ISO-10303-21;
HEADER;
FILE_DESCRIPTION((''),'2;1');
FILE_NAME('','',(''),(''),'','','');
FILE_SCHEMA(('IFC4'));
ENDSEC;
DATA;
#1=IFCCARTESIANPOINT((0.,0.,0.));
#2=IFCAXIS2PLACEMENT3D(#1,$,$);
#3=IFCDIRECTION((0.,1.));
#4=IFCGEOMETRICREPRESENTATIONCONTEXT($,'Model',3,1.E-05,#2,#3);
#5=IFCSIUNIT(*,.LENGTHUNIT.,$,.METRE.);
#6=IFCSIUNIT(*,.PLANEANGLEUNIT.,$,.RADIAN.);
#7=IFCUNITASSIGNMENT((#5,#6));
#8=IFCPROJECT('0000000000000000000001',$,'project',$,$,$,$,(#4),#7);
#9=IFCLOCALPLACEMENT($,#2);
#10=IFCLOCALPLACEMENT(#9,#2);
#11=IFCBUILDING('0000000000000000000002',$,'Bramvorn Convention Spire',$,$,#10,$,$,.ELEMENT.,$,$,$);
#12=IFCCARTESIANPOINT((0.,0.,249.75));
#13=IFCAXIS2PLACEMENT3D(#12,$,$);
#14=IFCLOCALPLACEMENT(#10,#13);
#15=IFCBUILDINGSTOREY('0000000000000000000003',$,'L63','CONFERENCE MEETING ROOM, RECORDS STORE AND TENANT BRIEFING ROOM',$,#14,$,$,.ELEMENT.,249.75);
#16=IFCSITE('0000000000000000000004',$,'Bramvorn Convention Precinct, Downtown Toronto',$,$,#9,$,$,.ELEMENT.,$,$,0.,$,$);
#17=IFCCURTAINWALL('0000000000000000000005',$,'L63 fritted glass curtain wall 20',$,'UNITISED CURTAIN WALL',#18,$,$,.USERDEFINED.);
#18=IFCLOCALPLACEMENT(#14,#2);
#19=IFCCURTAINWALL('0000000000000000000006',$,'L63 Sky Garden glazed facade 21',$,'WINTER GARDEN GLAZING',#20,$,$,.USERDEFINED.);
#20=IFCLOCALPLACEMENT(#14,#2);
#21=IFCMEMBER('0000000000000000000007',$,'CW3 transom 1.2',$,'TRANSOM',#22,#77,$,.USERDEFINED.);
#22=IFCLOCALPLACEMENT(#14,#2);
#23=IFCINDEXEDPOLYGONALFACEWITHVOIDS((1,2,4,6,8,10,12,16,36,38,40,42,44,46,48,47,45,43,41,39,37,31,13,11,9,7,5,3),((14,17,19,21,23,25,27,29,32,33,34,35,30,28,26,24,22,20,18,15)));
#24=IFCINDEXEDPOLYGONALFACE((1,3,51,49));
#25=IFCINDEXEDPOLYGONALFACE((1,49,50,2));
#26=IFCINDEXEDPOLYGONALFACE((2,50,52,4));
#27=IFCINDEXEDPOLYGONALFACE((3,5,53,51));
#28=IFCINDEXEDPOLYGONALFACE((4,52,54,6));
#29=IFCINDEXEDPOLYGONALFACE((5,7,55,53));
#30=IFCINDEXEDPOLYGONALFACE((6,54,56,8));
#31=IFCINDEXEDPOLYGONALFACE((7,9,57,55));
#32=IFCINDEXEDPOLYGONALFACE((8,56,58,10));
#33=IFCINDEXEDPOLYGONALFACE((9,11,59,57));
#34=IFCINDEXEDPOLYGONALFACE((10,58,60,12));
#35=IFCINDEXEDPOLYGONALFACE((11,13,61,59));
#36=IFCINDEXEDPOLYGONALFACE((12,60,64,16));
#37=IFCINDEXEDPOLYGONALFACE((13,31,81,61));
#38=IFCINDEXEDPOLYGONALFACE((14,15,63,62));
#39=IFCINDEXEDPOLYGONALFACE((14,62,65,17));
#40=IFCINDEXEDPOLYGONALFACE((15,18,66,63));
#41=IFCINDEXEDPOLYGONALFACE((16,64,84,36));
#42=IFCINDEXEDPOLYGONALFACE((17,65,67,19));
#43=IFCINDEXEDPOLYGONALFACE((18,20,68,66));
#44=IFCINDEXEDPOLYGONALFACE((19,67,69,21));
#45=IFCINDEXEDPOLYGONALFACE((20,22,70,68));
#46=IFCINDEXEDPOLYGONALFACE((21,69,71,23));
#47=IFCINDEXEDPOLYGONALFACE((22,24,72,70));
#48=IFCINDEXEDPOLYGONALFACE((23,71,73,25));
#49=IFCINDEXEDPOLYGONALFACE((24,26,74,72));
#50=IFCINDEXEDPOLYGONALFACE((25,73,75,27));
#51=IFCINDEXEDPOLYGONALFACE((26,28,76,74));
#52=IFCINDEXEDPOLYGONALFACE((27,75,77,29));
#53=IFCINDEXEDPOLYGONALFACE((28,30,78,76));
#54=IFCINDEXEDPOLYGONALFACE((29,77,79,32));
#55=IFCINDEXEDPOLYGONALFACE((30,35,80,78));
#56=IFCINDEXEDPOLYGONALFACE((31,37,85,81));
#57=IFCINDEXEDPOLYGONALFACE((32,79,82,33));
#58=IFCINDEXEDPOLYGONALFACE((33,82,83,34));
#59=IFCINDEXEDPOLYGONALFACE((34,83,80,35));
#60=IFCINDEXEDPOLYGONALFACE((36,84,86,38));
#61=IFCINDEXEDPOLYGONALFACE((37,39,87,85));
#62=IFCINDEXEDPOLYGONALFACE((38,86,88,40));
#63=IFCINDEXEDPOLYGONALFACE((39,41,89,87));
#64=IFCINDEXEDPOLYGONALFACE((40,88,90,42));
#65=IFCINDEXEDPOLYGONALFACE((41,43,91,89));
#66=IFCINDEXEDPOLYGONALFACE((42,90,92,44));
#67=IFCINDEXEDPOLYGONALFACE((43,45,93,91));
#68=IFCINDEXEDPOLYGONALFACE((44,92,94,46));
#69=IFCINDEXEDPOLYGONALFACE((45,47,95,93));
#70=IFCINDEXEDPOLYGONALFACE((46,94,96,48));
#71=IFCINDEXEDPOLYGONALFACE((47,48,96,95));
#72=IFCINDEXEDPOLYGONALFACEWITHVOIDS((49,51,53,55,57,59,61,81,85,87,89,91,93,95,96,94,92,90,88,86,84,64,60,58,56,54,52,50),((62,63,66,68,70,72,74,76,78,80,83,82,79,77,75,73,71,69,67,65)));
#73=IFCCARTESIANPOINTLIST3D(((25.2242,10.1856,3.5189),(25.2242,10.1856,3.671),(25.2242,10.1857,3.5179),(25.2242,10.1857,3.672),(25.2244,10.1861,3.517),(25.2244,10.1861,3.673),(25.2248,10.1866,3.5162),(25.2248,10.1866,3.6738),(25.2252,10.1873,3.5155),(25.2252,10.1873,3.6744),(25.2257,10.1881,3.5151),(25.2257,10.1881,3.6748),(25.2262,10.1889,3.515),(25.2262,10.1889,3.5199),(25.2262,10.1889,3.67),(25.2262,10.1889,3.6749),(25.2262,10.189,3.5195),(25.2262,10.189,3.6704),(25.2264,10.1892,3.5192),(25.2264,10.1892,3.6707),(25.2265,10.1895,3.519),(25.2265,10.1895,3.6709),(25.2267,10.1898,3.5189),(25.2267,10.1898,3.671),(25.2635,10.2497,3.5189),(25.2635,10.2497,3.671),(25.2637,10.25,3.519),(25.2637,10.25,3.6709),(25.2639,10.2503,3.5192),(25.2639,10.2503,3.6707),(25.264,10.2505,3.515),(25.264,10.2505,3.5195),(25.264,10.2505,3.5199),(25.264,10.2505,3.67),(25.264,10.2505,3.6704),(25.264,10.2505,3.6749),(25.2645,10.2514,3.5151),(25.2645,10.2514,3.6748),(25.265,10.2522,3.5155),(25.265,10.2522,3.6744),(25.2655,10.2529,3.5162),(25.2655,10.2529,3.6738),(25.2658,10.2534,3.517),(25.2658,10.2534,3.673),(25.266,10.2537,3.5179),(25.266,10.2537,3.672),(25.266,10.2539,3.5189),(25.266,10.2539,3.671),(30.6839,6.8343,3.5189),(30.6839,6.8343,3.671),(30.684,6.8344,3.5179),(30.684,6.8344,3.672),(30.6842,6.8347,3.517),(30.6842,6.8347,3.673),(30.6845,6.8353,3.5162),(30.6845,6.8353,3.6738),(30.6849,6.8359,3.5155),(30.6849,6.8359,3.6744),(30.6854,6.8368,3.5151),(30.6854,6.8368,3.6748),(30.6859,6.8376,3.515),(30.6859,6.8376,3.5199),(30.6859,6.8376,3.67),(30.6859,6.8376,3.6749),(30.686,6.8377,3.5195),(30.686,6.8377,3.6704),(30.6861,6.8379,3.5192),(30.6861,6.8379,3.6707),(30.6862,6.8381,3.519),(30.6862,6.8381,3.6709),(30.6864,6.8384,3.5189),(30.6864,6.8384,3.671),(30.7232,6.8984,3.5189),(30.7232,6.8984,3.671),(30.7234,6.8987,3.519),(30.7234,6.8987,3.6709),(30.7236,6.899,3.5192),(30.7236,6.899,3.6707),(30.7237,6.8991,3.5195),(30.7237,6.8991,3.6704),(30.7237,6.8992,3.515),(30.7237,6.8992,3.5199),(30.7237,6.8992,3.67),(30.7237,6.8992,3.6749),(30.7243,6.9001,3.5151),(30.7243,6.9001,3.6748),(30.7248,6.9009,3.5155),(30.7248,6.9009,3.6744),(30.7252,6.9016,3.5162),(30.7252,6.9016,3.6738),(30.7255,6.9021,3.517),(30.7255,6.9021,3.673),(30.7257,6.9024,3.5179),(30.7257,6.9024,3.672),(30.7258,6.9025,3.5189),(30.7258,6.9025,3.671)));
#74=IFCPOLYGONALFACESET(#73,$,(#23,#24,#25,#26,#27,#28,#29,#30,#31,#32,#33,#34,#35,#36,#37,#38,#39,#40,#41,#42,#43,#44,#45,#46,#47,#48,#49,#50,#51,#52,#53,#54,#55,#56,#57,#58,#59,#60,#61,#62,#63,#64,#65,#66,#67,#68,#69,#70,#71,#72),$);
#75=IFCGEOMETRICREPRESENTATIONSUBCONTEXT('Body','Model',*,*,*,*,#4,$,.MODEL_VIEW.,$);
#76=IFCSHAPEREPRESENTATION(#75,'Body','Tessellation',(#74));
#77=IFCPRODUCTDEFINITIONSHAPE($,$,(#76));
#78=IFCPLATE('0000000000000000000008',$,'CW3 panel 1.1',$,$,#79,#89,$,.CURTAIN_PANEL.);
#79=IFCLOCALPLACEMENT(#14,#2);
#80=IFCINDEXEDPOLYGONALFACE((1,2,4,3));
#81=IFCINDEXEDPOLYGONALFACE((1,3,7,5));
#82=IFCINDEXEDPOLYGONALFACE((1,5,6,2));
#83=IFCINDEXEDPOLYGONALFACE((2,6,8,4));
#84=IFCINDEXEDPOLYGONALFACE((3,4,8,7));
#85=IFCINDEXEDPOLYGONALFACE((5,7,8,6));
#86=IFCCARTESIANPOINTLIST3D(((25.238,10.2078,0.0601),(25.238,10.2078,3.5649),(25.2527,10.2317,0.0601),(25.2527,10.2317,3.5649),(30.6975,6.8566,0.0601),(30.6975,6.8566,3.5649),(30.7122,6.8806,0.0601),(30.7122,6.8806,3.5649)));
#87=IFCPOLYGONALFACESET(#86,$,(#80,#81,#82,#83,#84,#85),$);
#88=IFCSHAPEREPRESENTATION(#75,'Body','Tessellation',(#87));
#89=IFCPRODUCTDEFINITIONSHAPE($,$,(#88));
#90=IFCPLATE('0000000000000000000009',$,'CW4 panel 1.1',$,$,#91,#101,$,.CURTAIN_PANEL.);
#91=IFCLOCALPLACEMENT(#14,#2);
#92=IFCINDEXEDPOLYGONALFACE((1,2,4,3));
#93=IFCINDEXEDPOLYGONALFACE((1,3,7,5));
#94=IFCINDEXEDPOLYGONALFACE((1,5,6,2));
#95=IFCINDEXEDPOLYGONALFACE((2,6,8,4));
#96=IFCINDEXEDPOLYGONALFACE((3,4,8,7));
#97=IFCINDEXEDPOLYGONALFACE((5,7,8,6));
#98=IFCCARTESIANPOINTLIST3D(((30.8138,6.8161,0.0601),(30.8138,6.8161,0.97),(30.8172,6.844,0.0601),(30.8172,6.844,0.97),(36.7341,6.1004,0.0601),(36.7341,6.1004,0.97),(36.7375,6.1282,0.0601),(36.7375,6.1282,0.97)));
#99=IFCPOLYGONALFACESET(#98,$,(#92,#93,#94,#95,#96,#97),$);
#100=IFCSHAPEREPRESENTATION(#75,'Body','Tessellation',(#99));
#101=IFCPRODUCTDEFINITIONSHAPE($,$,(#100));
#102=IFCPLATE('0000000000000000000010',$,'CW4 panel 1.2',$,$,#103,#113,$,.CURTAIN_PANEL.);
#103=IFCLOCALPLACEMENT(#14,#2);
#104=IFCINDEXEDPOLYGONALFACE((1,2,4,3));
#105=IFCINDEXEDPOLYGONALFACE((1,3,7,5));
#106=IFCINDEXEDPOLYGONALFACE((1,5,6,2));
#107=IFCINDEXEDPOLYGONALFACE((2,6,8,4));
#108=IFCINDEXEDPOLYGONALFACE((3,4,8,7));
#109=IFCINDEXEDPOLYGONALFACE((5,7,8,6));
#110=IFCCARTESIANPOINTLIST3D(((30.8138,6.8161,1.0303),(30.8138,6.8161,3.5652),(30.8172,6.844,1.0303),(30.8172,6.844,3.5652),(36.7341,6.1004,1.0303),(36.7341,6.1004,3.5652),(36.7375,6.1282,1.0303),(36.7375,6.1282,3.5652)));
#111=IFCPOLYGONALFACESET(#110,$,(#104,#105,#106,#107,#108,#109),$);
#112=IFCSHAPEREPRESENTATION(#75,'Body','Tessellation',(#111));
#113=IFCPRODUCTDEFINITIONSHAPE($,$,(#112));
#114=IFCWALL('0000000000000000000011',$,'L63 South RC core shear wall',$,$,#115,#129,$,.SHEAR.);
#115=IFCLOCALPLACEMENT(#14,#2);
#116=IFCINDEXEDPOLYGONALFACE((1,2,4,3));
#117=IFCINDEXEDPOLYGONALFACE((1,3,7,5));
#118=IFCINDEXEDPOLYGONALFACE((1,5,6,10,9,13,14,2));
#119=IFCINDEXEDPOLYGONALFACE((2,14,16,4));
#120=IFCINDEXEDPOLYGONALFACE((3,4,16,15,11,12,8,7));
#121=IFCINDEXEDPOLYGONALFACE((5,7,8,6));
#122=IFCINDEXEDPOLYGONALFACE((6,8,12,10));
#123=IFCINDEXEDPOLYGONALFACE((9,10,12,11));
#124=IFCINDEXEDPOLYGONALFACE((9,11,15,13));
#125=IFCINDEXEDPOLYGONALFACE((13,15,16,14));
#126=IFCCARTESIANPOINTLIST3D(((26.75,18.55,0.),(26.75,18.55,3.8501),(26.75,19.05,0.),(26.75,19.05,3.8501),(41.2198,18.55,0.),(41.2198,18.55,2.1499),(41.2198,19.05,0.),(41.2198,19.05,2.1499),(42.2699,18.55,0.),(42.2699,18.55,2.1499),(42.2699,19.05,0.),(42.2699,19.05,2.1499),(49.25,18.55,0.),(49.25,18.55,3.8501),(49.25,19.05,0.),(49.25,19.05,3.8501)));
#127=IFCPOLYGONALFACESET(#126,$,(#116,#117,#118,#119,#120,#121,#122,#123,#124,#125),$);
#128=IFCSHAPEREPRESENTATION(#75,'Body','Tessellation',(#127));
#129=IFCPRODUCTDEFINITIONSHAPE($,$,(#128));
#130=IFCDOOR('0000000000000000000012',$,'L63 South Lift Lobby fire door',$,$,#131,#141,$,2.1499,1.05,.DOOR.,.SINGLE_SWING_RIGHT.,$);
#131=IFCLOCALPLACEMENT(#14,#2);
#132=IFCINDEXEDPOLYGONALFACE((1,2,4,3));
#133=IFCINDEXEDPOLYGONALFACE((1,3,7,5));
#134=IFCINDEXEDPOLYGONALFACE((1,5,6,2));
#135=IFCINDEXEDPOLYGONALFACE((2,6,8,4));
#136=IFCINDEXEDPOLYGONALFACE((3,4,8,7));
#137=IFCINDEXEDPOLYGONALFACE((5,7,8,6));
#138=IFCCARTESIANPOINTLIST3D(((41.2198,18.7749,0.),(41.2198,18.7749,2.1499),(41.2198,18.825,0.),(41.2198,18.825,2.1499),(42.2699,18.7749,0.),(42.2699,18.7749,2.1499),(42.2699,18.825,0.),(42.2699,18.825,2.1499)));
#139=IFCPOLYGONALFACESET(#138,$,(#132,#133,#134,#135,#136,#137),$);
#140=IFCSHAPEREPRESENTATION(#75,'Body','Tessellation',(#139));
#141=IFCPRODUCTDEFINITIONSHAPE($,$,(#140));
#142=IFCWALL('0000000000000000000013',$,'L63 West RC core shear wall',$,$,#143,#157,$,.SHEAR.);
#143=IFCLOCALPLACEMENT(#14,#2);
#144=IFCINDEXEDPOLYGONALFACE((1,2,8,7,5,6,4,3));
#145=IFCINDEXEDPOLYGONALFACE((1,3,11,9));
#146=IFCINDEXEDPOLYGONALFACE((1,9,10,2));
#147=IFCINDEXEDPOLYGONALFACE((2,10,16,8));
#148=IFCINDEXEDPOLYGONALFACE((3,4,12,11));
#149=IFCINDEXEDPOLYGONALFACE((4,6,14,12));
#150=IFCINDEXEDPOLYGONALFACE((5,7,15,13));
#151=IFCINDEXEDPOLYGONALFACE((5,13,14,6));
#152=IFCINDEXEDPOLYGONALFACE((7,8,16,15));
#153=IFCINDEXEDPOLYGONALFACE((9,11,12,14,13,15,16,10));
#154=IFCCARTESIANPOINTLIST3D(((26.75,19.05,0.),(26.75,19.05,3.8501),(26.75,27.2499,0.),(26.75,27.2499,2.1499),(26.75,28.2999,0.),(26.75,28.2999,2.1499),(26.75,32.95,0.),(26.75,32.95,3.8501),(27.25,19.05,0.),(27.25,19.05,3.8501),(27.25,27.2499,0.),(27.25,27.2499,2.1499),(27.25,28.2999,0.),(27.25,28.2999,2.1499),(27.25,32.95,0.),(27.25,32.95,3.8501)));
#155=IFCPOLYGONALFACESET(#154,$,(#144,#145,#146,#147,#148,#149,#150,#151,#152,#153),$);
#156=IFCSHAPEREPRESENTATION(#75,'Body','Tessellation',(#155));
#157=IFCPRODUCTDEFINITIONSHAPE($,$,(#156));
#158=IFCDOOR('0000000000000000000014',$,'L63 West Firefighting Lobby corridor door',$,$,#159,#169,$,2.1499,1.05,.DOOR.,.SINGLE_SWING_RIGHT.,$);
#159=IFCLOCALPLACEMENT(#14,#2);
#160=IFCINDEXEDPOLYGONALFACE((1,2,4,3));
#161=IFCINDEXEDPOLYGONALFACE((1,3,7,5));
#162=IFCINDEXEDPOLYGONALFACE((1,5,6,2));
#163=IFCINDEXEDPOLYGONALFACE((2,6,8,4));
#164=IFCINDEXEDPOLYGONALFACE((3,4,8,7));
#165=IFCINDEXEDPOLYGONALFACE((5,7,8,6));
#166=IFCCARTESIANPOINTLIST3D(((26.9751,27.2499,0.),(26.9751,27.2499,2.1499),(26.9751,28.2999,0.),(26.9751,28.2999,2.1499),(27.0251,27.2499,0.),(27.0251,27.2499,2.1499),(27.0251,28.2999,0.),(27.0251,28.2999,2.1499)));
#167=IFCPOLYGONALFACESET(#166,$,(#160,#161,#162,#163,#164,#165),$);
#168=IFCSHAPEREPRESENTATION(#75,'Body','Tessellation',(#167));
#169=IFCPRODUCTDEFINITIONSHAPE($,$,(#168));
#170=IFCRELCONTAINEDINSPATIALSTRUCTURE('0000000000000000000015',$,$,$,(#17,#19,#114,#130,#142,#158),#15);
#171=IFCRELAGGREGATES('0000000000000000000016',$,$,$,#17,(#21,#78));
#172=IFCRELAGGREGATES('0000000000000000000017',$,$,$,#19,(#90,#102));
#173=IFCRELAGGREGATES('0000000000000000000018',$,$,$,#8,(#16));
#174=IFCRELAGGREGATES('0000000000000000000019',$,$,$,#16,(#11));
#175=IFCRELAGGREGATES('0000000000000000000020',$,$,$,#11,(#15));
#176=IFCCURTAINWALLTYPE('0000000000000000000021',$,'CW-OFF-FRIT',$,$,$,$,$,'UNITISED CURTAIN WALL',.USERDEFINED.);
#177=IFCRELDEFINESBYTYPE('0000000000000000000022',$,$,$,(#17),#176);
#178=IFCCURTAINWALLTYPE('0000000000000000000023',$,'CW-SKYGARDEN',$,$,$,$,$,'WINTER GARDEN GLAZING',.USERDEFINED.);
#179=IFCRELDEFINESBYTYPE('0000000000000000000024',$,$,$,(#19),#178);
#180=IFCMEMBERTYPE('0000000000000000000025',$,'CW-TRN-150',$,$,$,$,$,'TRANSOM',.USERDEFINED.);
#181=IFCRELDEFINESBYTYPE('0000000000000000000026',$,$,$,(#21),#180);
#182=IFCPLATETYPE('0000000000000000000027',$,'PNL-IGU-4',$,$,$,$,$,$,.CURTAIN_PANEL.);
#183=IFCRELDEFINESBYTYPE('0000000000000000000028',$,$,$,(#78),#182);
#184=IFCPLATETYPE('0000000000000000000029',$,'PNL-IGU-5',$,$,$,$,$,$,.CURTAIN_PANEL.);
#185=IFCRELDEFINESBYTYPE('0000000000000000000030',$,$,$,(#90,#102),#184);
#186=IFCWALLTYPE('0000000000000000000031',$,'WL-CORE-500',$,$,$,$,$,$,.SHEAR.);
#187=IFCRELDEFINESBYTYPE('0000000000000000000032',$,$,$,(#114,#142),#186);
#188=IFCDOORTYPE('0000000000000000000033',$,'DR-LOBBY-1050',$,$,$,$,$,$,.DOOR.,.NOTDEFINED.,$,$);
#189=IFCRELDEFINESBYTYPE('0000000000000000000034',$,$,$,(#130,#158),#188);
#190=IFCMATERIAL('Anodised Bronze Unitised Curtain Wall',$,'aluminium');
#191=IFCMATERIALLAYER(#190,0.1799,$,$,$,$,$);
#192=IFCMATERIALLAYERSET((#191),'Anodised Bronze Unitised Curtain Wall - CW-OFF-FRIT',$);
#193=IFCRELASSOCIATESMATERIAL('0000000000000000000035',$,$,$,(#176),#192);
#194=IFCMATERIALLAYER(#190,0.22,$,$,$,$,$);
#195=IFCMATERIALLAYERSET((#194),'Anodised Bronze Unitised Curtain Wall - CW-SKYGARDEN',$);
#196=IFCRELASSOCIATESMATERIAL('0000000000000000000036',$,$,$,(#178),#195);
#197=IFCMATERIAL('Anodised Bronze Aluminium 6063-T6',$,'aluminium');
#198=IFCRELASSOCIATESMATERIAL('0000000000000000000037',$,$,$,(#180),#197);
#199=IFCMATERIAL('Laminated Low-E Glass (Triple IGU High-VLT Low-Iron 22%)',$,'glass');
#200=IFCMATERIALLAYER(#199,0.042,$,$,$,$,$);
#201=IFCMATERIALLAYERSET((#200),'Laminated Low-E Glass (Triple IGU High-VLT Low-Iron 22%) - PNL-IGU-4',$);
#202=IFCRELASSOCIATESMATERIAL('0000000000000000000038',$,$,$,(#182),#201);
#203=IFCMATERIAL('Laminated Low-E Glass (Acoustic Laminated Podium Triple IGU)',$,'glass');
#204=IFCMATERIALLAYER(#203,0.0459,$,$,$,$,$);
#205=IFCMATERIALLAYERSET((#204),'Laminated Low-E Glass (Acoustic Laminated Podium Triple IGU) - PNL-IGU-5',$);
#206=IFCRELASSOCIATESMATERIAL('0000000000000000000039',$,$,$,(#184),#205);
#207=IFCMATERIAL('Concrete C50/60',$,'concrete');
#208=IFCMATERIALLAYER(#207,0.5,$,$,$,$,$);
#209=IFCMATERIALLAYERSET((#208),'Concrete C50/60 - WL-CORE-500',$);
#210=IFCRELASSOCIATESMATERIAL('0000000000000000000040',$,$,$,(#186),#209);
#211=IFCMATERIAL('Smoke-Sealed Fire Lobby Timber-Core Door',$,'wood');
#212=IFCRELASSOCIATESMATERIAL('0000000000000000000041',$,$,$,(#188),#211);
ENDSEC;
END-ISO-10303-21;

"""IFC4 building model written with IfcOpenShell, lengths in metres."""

from ifc_helpers import new_model, si_unit, direction, frame, frame_2d, origin, origin_2d, place, context, subcontext, project, spatial, rectangle, hollow_rectangle, extrude, material, layer, layer_set, material_profile, profile_set, type_object, element, fill, aggregate, save


model = new_model("IFC4")

# Units and contexts
model_context = context("Model", 3, precision=1e-05, world=origin(), true_north=direction((0.0, 1.0)))
body_context = subcontext(model_context, "Body", "Model", "MODEL_VIEW")
ifc_project = project(units=[si_unit("LENGTHUNIT", "METRE"), si_unit("PLANEANGLEUNIT", "RADIAN")], contexts=[model_context])

# Site, building, storey
site_placement = place(None, origin())
site = spatial("IfcSite", under=ifc_project, at=site_placement, Name="Bramvorn Convention Precinct, Downtown Toronto", CompositionType="ELEMENT", RefElevation=0.0)
building_placement = place(site_placement, origin())
building = spatial("IfcBuilding", under=site, at=building_placement, Name="Bramvorn Convention Spire", CompositionType="ELEMENT")
storey_placement = place(building_placement, frame((0.0, 0.0, 249.75)))
storey = spatial("IfcBuildingStorey", under=building, at=storey_placement, Name="L63", Description="CONFERENCE MEETING ROOM, RECORDS STORE AND TENANT BRIEFING ROOM", CompositionType="ELEMENT", Elevation=249.75)

# Curtain walls
ifc_material_1 = material(Name="Anodised Bronze Unitised Curtain Wall", Category="aluminium")
ifc_layer_1 = layer(ifc_material_1, 0.1799)
ifc_layer_set_1 = layer_set([ifc_layer_1], Name="Anodised Bronze Unitised Curtain Wall - CW-OFF-FRIT")
curtain_wall_type_1 = type_object("IfcCurtainWallType", Name="CW-OFF-FRIT", ElementType="UNITISED CURTAIN WALL", PredefinedType="USERDEFINED", material=ifc_layer_set_1)
curtain_wall_1_placement = place(storey_placement, origin())
curtain_wall_1 = element("IfcCurtainWall", 1, at=curtain_wall_1_placement, inside=storey, type_object=curtain_wall_type_1, Name="L63 fritted glass curtain wall 20", ObjectType="UNITISED CURTAIN WALL", PredefinedType="USERDEFINED")
ifc_material_2 = material(Name="Anodised Bronze Aluminium 6063-T6", Category="aluminium")
ifc_layer_2 = layer(ifc_material_1, 0.22)
ifc_layer_set_2 = layer_set([ifc_layer_2], Name="Anodised Bronze Unitised Curtain Wall - CW-SKYGARDEN")
curtain_wall_type_2 = type_object("IfcCurtainWallType", Name="CW-SKYGARDEN", ElementType="WINTER GARDEN GLAZING", PredefinedType="USERDEFINED", material=ifc_layer_set_2)
curtain_wall_2_placement = place(storey_placement, origin())
curtain_wall_2 = element("IfcCurtainWall", 2, at=curtain_wall_2_placement, inside=storey, type_object=curtain_wall_type_2, Name="L63 Sky Garden glazed facade 21", ObjectType="WINTER GARDEN GLAZING", PredefinedType="USERDEFINED")

# Member
ifc_material_profile_1 = material_profile(ifc_material_2, hollow_rectangle(XDim=0.0801, YDim=0.1599, WallThickness=0.0039, InnerFilletRadius=0.001, OuterFilletRadius=0.0039, at=origin_2d()))
ifc_profile_set_1 = profile_set([ifc_material_profile_1], Name="Anodised Bronze Aluminium 6063-T6 - CWT80X160")
member_type_1 = type_object("IfcMemberType", Name="CW-TRN-150", ElementType="TRANSOM", PredefinedType="USERDEFINED", material=ifc_profile_set_1)
member_1_placement = place(storey_placement, frame((30.7048, 6.8684, 3.595), z_axis=(-0.852251, 0.523134, 0.0), x_axis=(-0.523134, -0.852251, 0.0)))
member_1 = element("IfcMember", 3, at=member_1_placement, type_object=member_type_1, Name="CW3 transom 1.2", ObjectType="TRANSOM", PredefinedType="USERDEFINED", context=body_context, shape_type="SweptSolid", body=[
    extrude(hollow_rectangle(XDim=0.0801, YDim=0.1599, WallThickness=0.0039, InnerFilletRadius=0.001, OuterFilletRadius=0.0039, at=origin_2d()), origin(), (0.0, 0.0, 1.0), 6.4062),
])

# Plates
ifc_material_3 = material(Name="Laminated Low-E Glass (Triple IGU High-VLT Low-Iron 22%)", Category="glass")
ifc_layer_3 = layer(ifc_material_3, 0.042)
ifc_layer_set_3 = layer_set([ifc_layer_3], Name="Laminated Low-E Glass (Triple IGU High-VLT Low-Iron 22%) - PNL-IGU-4")
plate_type_1 = type_object("IfcPlateType", Name="PNL-IGU-4", PredefinedType="CURTAIN_PANEL", material=ifc_layer_set_3)
plate_1_placement = place(storey_placement, frame((27.9751, 8.5442, 0.0601), z_axis=(0.0, 0.0, 1.0), x_axis=(-0.852253, 0.523129, 0.0)))
plate_1 = element("IfcPlate", 4, at=plate_1_placement, type_object=plate_type_1, Name="CW3 panel 1.1", PredefinedType="CURTAIN_PANEL", context=body_context, shape_type="SweptSolid", body=[
    extrude(rectangle(XDim=6.406, YDim=0.0281, at=origin_2d()), origin(), (0.0, 0.0, 1.0), 3.5049),
])
aggregate(curtain_wall_1, [member_1, plate_1])
ifc_material_4 = material(Name="Laminated Low-E Glass (Acoustic Laminated Podium Triple IGU)", Category="glass")
ifc_layer_4 = layer(ifc_material_4, 0.0459)
ifc_layer_set_4 = layer_set([ifc_layer_4], Name="Laminated Low-E Glass (Acoustic Laminated Podium Triple IGU) - PNL-IGU-5")
plate_type_2 = type_object("IfcPlateType", Name="PNL-IGU-5", PredefinedType="CURTAIN_PANEL", material=ifc_layer_set_4)
plate_2_placement = place(storey_placement, frame((33.7756, 6.4722, 0.0601), z_axis=(0.0, 0.0, 1.0), x_axis=(-0.992772, 0.120018, 0.0)))
plate_2 = element("IfcPlate", 5, at=plate_2_placement, type_object=plate_type_2, Name="CW4 panel 1.1", PredefinedType="CURTAIN_PANEL", context=body_context, shape_type="SweptSolid", body=[
    extrude(rectangle(XDim=5.9634, YDim=0.0281, at=origin_2d()), origin(), (0.0, 0.0, 1.0), 0.9099),
])
plate_3_placement = place(storey_placement, frame((33.7756, 6.4722, 1.0303), z_axis=(0.0, 0.0, 1.0), x_axis=(-0.992772, 0.120018, 0.0)))
plate_3 = element("IfcPlate", 6, at=plate_3_placement, type_object=plate_type_2, Name="CW4 panel 1.2", PredefinedType="CURTAIN_PANEL", context=body_context, shape_type="SweptSolid", body=[
    extrude(rectangle(XDim=5.9634, YDim=0.0281, at=origin_2d()), origin(), (0.0, 0.0, 1.0), 2.5349),
])
aggregate(curtain_wall_2, [plate_2, plate_3])

# Walls, openings, doors
ifc_material_5 = material(Name="Concrete C50/60", Category="concrete")
ifc_layer_5 = layer(ifc_material_5, 0.5)
ifc_layer_set_5 = layer_set([ifc_layer_5], Name="Concrete C50/60 - WL-CORE-500")
wall_type_1 = type_object("IfcWallType", Name="WL-CORE-500", PredefinedType="SHEAR", material=ifc_layer_set_5)
wall_1_placement = place(storey_placement, frame((26.75, 18.8, 0.0), z_axis=(0.0, 0.0, 1.0), x_axis=(1.0, 0.0, 0.0)))
wall_1 = element("IfcWall", 7, at=wall_1_placement, inside=storey, type_object=wall_type_1, Name="L63 South RC core shear wall", PredefinedType="SHEAR", context=body_context, shape_type="SweptSolid", body=[
    extrude(rectangle(XDim=22.5, YDim=0.5, at=frame_2d((11.25, 0.0))), origin(), (0.0, 0.0, 1.0), 3.8501),
])
opening_1_placement = place(wall_1_placement, frame((14.47, 0.0, 0.0)))
opening_1 = element("IfcOpeningElement", 8, at=opening_1_placement, cuts=wall_1, PredefinedType="OPENING", context=body_context, shape_type="SweptSolid", body=[
    extrude(rectangle(XDim=1.05, YDim=2.1499, at=frame_2d((0.5249, 1.075))), frame((0.0, 0.26, 0.0), z_axis=(0.0, -1.0, 0.0), x_axis=(1.0, 0.0, 0.0)), (0.0, 0.0, 1.0), 0.52),
])
ifc_material_6 = material(Name="Smoke-Sealed Fire Lobby Timber-Core Door", Category="wood")
door_type_1 = type_object("IfcDoorType", Name="DR-LOBBY-1050", OperationType="NOTDEFINED", PredefinedType="DOOR", material=ifc_material_6)
door_1_placement = place(opening_1_placement, origin())
door_1 = element("IfcDoor", 9, at=door_1_placement, inside=storey, type_object=door_type_1, Name="L63 South Lift Lobby fire door", OperationType="SINGLE_SWING_RIGHT", OverallHeight=2.1499, OverallWidth=1.05, PredefinedType="DOOR", context=body_context, shape_type="SweptSolid", body=[
    extrude(rectangle(XDim=1.05, YDim=2.1499, at=frame_2d((0.5249, 1.075))), frame((0.0, 0.0249, 0.0), z_axis=(0.0, -1.0, 0.0), x_axis=(1.0, 0.0, 0.0)), (0.0, 0.0, 1.0), 0.05),
])
fill(opening_1, door_1)
wall_2_placement = place(storey_placement, frame((27.0, 19.05, 0.0), z_axis=(0.0, 0.0, 1.0), x_axis=(0.0, 1.0, 0.0)))
wall_2 = element("IfcWall", 10, at=wall_2_placement, inside=storey, type_object=wall_type_1, Name="L63 West RC core shear wall", PredefinedType="SHEAR", context=body_context, shape_type="SweptSolid", body=[
    extrude(rectangle(XDim=13.8999, YDim=0.5, at=frame_2d((6.95, 0.0))), origin(), (0.0, 0.0, 1.0), 3.8501),
])
opening_2_placement = place(wall_2_placement, frame((8.2, 0.0, 0.0)))
opening_2 = element("IfcOpeningElement", 11, at=opening_2_placement, cuts=wall_2, PredefinedType="OPENING", context=body_context, shape_type="SweptSolid", body=[
    extrude(rectangle(XDim=1.05, YDim=2.1499, at=frame_2d((0.5249, 1.075))), frame((0.0, 0.26, 0.0), z_axis=(0.0, -1.0, 0.0), x_axis=(1.0, 0.0, 0.0)), (0.0, 0.0, 1.0), 0.52),
])
door_2_placement = place(opening_2_placement, origin())
door_2 = element("IfcDoor", 12, at=door_2_placement, inside=storey, type_object=door_type_1, Name="L63 West Firefighting Lobby corridor door", OperationType="SINGLE_SWING_RIGHT", OverallHeight=2.1499, OverallWidth=1.05, PredefinedType="DOOR", context=body_context, shape_type="SweptSolid", body=[
    extrude(rectangle(XDim=1.05, YDim=2.1499, at=frame_2d((0.5249, 1.075))), frame((0.0, 0.0249, 0.0), z_axis=(0.0, -1.0, 0.0), x_axis=(1.0, 0.0, 0.0)), (0.0, 0.0, 1.0), 0.05),
])
fill(opening_2, door_2)

save(model, "model.ifc")
